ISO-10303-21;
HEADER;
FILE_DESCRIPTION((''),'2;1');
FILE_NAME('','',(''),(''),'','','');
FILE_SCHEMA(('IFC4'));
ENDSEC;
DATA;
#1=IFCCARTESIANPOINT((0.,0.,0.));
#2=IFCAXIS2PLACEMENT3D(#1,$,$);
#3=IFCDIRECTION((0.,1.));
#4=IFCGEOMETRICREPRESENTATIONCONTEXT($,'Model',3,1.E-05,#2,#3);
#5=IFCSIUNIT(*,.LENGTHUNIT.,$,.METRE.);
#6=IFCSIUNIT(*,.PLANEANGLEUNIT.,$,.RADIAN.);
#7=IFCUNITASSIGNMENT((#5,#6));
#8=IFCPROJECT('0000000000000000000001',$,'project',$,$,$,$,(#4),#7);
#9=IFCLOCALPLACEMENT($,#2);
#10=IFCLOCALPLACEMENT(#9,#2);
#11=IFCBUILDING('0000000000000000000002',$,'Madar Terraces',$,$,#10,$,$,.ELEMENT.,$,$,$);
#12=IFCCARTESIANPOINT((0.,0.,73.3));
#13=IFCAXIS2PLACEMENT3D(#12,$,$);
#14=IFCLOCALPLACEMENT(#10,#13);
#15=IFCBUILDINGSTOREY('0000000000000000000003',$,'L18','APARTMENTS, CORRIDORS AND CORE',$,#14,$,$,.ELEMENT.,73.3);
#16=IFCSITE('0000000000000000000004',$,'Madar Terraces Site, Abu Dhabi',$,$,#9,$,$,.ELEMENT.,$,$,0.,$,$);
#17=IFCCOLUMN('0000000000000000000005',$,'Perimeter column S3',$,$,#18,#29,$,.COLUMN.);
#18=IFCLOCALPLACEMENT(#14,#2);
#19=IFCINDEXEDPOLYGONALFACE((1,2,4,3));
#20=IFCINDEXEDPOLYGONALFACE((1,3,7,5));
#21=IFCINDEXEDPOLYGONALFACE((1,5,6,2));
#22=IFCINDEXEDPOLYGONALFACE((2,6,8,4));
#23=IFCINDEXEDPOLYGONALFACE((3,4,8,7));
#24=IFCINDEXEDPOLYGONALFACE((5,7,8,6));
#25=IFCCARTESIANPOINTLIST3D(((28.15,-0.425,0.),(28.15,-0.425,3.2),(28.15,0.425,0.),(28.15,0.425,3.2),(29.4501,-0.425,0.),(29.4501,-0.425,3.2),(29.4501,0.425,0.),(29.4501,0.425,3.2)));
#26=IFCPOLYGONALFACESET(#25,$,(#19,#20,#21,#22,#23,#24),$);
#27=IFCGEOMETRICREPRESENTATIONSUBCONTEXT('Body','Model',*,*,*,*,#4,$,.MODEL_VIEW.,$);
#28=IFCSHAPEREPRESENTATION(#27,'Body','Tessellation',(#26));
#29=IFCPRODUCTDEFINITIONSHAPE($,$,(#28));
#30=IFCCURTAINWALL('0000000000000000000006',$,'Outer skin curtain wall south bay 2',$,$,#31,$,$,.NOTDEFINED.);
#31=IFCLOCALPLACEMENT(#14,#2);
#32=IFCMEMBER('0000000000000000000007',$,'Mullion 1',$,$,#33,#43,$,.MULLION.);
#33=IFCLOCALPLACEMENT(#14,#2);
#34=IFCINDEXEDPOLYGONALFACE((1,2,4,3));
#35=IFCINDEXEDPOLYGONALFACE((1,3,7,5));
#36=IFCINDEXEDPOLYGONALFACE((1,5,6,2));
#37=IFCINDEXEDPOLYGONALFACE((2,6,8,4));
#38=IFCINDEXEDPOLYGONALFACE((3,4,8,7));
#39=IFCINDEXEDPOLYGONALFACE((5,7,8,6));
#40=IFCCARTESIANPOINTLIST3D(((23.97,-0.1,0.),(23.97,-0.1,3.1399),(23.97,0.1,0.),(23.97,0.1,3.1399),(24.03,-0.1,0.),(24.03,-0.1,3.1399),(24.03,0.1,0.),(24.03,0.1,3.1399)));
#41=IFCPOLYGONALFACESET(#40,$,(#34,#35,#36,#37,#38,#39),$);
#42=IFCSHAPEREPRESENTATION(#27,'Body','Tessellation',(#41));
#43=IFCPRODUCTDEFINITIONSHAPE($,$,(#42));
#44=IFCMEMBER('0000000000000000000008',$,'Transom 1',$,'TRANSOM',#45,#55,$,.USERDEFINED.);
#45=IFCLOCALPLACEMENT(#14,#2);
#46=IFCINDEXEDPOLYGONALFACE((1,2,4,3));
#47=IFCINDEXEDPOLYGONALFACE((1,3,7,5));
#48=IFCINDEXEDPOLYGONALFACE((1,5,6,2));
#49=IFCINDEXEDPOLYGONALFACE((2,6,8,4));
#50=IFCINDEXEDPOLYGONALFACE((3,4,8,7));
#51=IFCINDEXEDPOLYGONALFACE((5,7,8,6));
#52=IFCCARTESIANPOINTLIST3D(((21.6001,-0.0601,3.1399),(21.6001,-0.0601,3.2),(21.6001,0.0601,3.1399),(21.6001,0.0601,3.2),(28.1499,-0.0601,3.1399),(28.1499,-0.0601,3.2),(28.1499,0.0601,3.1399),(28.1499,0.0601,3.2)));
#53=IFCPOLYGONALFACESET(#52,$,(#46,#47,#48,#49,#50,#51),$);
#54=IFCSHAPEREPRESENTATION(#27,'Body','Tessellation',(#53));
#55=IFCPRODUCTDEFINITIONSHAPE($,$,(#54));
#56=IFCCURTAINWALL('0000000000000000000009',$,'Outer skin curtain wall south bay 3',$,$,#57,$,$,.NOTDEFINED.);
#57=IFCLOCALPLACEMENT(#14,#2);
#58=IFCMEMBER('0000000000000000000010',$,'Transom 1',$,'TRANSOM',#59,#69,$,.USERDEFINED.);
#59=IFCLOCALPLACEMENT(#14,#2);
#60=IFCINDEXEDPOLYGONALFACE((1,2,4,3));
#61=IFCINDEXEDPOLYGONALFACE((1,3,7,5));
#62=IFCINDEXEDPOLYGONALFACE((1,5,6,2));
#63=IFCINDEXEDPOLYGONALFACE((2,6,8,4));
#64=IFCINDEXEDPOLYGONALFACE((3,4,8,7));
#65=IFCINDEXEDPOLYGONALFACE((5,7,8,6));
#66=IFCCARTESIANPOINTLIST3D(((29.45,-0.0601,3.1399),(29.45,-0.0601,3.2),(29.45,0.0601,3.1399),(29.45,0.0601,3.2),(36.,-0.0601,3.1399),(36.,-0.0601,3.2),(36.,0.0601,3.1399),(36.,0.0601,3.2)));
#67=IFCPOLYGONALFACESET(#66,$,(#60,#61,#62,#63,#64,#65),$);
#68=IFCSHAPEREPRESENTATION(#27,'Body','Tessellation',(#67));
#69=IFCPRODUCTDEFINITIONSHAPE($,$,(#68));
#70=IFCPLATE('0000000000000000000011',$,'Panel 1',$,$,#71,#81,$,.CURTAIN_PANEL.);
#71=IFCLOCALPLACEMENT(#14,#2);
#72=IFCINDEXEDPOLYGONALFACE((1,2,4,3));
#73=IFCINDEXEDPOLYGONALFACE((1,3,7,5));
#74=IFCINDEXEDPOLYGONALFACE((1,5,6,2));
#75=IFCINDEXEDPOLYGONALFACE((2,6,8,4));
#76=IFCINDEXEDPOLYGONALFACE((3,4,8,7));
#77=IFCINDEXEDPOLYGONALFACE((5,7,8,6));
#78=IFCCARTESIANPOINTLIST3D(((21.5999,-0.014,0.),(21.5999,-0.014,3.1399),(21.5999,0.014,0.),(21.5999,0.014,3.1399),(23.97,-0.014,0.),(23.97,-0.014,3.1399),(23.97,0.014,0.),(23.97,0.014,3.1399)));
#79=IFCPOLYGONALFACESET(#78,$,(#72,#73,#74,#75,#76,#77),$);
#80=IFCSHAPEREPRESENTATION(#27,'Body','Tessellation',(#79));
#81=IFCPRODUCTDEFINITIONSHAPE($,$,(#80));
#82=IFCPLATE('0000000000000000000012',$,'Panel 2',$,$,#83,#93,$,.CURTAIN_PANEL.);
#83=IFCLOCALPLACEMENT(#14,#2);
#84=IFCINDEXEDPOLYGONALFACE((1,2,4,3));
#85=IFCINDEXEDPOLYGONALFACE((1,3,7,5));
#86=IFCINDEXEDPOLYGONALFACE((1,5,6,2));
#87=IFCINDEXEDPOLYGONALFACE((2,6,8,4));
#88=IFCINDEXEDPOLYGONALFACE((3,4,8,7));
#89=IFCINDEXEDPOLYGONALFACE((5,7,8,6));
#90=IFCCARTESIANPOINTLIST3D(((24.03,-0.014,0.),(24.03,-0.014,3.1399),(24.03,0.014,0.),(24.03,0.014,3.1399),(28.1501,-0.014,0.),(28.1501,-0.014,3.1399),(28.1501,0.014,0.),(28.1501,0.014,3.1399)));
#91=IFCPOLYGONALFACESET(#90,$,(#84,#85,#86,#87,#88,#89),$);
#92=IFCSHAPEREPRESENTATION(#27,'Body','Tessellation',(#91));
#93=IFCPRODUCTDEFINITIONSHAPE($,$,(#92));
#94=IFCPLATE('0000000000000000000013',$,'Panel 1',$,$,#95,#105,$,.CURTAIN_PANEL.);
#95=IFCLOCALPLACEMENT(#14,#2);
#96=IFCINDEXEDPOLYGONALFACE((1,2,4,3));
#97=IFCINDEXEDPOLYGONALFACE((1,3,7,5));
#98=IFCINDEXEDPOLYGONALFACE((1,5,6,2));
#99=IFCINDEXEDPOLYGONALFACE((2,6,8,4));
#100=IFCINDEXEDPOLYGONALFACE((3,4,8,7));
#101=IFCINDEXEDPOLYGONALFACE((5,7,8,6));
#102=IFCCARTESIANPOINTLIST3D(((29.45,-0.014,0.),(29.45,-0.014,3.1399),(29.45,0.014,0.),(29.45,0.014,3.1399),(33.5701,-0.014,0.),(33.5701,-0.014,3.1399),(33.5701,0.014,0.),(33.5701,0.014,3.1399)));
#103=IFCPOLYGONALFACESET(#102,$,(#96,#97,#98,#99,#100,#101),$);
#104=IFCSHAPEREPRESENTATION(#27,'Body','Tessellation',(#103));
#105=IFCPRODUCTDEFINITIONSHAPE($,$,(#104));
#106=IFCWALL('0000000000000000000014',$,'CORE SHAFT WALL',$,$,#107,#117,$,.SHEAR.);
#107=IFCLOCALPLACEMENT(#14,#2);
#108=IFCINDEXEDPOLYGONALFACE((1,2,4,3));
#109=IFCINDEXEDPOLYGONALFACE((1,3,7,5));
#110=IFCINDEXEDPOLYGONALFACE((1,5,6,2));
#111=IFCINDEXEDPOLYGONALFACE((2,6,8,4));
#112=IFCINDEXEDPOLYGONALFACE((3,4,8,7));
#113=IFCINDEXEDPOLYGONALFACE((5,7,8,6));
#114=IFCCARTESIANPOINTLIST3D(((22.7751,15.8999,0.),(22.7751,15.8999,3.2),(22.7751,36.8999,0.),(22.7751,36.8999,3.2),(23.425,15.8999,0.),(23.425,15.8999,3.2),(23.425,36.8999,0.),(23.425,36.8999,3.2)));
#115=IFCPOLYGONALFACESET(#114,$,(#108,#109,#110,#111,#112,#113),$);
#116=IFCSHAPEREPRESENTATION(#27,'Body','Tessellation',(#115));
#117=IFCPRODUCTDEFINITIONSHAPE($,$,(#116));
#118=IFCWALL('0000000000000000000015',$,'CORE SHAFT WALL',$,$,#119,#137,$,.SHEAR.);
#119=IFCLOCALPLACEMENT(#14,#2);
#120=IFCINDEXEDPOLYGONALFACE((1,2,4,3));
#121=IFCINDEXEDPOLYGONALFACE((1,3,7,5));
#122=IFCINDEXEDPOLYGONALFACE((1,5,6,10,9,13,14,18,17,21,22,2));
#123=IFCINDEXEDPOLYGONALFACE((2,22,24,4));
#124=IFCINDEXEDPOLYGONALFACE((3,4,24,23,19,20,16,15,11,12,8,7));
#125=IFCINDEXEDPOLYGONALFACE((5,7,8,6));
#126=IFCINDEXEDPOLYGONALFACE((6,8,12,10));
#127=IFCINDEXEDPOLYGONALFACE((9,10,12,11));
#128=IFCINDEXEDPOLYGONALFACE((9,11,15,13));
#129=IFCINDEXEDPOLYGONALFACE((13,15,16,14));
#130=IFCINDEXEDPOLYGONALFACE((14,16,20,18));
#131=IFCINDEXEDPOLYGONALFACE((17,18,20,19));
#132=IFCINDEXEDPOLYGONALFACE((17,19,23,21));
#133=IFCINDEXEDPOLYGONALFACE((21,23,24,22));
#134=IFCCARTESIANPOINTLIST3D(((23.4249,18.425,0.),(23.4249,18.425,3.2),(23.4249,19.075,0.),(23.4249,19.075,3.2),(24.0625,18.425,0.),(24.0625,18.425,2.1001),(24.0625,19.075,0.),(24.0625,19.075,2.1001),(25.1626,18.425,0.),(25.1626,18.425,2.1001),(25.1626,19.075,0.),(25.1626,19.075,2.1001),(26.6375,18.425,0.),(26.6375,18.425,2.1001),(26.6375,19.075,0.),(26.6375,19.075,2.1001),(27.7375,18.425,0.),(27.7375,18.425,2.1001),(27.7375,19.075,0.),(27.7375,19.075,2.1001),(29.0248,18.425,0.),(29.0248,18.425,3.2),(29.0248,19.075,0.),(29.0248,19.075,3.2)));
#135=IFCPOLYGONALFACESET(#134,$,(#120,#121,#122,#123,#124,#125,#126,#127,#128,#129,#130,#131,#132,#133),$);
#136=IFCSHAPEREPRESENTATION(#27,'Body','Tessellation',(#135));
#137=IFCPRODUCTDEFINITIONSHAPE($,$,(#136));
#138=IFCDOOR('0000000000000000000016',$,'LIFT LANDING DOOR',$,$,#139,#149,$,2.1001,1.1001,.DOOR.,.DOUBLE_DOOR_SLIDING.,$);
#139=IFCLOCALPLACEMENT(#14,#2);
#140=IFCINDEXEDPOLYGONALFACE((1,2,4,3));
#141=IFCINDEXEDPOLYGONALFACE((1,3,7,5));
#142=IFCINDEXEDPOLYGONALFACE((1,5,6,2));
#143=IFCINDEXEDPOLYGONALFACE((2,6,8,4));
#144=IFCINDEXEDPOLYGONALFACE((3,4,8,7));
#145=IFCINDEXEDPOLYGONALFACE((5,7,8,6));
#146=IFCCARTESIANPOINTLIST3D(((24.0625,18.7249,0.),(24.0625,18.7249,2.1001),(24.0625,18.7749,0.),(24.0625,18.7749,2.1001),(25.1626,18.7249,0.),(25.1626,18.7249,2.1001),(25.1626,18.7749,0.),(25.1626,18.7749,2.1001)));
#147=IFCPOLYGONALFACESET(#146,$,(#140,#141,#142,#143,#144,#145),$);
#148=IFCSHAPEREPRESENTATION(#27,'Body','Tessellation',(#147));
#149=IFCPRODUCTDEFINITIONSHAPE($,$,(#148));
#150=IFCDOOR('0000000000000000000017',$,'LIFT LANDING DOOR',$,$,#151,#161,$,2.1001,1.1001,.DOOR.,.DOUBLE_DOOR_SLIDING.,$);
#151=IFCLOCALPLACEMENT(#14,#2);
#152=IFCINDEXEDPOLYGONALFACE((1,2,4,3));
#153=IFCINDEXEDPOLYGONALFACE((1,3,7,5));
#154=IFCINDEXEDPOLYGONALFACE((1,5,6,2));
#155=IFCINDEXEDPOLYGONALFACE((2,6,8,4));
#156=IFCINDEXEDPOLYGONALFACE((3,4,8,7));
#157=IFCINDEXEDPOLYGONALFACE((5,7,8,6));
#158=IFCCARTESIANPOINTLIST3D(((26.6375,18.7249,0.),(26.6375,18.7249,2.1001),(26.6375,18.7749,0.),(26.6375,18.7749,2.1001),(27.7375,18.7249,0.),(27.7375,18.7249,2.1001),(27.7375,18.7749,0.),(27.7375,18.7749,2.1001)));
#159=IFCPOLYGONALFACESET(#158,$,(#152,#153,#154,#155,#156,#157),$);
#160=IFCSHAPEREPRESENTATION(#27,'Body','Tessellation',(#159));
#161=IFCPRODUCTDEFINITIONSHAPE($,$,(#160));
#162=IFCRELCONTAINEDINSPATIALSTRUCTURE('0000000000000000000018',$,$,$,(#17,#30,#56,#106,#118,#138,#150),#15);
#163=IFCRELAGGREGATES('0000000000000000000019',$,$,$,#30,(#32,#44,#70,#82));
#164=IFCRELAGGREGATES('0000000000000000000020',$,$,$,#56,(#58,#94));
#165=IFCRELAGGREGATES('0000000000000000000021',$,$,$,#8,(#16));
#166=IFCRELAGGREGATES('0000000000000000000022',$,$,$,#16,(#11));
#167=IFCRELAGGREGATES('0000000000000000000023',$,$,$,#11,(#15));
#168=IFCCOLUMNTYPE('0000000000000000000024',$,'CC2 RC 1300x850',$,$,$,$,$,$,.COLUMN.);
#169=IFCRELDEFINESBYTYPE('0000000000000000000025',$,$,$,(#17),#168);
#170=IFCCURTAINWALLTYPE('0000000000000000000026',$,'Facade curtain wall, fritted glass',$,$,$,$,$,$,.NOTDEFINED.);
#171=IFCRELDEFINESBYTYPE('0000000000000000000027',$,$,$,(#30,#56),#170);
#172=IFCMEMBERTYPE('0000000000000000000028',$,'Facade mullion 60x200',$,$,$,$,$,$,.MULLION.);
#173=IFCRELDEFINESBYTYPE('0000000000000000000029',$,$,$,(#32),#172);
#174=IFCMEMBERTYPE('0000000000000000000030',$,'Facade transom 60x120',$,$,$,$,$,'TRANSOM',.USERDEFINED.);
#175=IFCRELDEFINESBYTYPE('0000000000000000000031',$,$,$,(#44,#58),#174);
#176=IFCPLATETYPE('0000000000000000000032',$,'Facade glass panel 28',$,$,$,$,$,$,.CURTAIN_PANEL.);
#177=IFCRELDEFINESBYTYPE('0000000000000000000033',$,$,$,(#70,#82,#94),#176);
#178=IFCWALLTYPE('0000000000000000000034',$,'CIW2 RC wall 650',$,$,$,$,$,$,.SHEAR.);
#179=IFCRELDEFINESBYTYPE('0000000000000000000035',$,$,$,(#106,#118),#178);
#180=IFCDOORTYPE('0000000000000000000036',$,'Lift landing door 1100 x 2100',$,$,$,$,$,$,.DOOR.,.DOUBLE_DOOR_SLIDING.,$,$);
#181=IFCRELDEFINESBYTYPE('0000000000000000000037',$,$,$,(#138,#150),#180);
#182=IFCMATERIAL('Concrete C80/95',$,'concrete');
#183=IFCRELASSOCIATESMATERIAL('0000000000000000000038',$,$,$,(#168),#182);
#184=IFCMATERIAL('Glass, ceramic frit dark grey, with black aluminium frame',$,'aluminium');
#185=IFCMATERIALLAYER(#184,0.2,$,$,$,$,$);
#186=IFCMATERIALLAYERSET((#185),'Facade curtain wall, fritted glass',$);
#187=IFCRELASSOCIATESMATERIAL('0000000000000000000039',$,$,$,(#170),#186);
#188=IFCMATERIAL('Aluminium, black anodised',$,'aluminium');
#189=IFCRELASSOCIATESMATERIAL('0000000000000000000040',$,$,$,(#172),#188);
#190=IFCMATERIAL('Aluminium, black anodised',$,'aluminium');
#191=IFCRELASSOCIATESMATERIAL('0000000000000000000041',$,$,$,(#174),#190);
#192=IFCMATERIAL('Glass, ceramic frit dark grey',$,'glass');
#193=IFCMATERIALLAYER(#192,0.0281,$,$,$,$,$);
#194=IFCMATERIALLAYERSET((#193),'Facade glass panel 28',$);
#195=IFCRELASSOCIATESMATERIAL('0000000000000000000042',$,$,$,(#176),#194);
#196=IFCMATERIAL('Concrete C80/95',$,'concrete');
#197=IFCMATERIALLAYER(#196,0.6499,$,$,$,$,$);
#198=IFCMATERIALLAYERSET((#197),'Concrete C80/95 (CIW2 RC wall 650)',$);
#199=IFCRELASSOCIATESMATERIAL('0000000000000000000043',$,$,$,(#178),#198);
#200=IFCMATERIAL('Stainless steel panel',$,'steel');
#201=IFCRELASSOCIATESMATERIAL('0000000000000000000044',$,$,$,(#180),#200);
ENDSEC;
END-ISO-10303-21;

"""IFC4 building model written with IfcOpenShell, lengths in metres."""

from ifc_helpers import new_model, si_unit, direction, frame, frame_2d, origin, origin_2d, place, context, subcontext, project, spatial, rectangle, extrude, material, layer, layer_set, material_profile, profile_set, type_object, element, fill, aggregate, save


model = new_model("IFC4")

# Units and contexts
model_context = context("Model", 3, precision=1e-05, world=origin(), true_north=direction((0.0, 1.0)))
body_context = subcontext(model_context, "Body", "Model", "MODEL_VIEW")
ifc_project = project(units=[si_unit("LENGTHUNIT", "METRE"), si_unit("PLANEANGLEUNIT", "RADIAN")], contexts=[model_context])

# Site, building, storey
site_placement = place(None, origin())
site = spatial("IfcSite", under=ifc_project, at=site_placement, Name="Madar Terraces Site, Abu Dhabi", CompositionType="ELEMENT", RefElevation=0.0)
building_placement = place(site_placement, origin())
building = spatial("IfcBuilding", under=site, at=building_placement, Name="Madar Terraces", CompositionType="ELEMENT")
storey_placement = place(building_placement, frame((0.0, 0.0, 73.3)))
storey = spatial("IfcBuildingStorey", under=building, at=storey_placement, Name="L18", Description="APARTMENTS, CORRIDORS AND CORE", CompositionType="ELEMENT", Elevation=73.3)

# Column
ifc_material_1 = material(Name="Concrete C80/95", Category="concrete")
ifc_material_profile_1 = material_profile(ifc_material_1, rectangle(XDim=1.3, YDim=0.8501, at=origin_2d()), Name="CC2 RC 1300x850")
ifc_profile_set_1 = profile_set([ifc_material_profile_1], Name="Concrete C80/95")
column_type = type_object("IfcColumnType", Name="CC2 RC 1300x850", PredefinedType="COLUMN", material=ifc_profile_set_1)
column_placement = place(storey_placement, frame((28.8, 0.0, 0.0), z_axis=(0.0, 0.0, 1.0), x_axis=(1.0, 0.0, 0.0)))
element("IfcColumn", 1, at=column_placement, inside=storey, type_object=column_type, Name="Perimeter column S3", PredefinedType="COLUMN", context=body_context, shape_type="SweptSolid", body=[
    extrude(rectangle(XDim=1.3, YDim=0.8501, at=origin_2d()), origin(), (0.0, 0.0, 1.0), 3.2),
])

# Curtain wall, members
ifc_material_2 = material(Name="Glass, ceramic frit dark grey, with black aluminium frame", Category="aluminium")
ifc_layer_1 = layer(ifc_material_2, 0.2)
ifc_layer_set_1 = layer_set([ifc_layer_1], Name="Facade curtain wall, fritted glass")
curtain_wall_type = type_object("IfcCurtainWallType", Name="Facade curtain wall, fritted glass", PredefinedType="NOTDEFINED", material=ifc_layer_set_1)
curtain_wall_1_placement = place(storey_placement, origin())
curtain_wall_1 = element("IfcCurtainWall", 2, at=curtain_wall_1_placement, inside=storey, type_object=curtain_wall_type, Name="Outer skin curtain wall south bay 2", PredefinedType="NOTDEFINED")
ifc_material_3 = material(Name="Aluminium, black anodised", Category="aluminium")
ifc_material_profile_2 = material_profile(ifc_material_3, rectangle(XDim=0.2, YDim=0.0601, at=origin_2d()), Name="Facade mullion 60x200")
ifc_profile_set_2 = profile_set([ifc_material_profile_2], Name="Aluminium, black anodised")
member_type_1 = type_object("IfcMemberType", Name="Facade mullion 60x200", PredefinedType="MULLION", material=ifc_profile_set_2)
member_1_placement = place(storey_placement, frame((24.0, 0.0, 0.0), z_axis=(0.0, 0.0, 1.0), x_axis=(0.0, 1.0, 0.0)))
member_1 = element("IfcMember", 3, at=member_1_placement, type_object=member_type_1, Name="Mullion 1", PredefinedType="MULLION", context=body_context, shape_type="SweptSolid", body=[
    extrude(rectangle(XDim=0.2, YDim=0.0601, at=origin_2d()), origin(), (0.0, 0.0, 1.0), 3.1399),
])
ifc_material_4 = material(Name="Aluminium, black anodised", Category="aluminium")
ifc_material_profile_3 = material_profile(ifc_material_4, rectangle(XDim=0.1201, YDim=0.0601, at=origin_2d()), Name="Facade transom 60x120")
ifc_profile_set_3 = profile_set([ifc_material_profile_3], Name="Aluminium, black anodised")
member_type_2 = type_object("IfcMemberType", Name="Facade transom 60x120", ElementType="TRANSOM", PredefinedType="USERDEFINED", material=ifc_profile_set_3)
member_2_placement = place(storey_placement, frame((21.6001, 0.0, 3.1699), z_axis=(1.0, 0.0, 0.0), x_axis=(0.0, 1.0, 0.0)))
member_2 = element("IfcMember", 4, at=member_2_placement, type_object=member_type_2, Name="Transom 1", ObjectType="TRANSOM", PredefinedType="USERDEFINED", context=body_context, shape_type="SweptSolid", body=[
    extrude(rectangle(XDim=0.1201, YDim=0.0601, at=origin_2d()), origin(), (0.0, 0.0, 1.0), 6.5498),
])

# Curtain wall, member
curtain_wall_2_placement = place(storey_placement, origin())
curtain_wall_2 = element("IfcCurtainWall", 5, at=curtain_wall_2_placement, inside=storey, type_object=curtain_wall_type, Name="Outer skin curtain wall south bay 3", PredefinedType="NOTDEFINED")
member_3_placement = place(storey_placement, frame((29.45, 0.0, 3.1699), z_axis=(1.0, 0.0, 0.0), x_axis=(0.0, 1.0, 0.0)))
member_3 = element("IfcMember", 6, at=member_3_placement, type_object=member_type_2, Name="Transom 1", ObjectType="TRANSOM", PredefinedType="USERDEFINED", context=body_context, shape_type="SweptSolid", body=[
    extrude(rectangle(XDim=0.1201, YDim=0.0601, at=origin_2d()), origin(), (0.0, 0.0, 1.0), 6.55),
])

# Plates
ifc_material_5 = material(Name="Glass, ceramic frit dark grey", Category="glass")
ifc_layer_2 = layer(ifc_material_5, 0.0281)
ifc_layer_set_2 = layer_set([ifc_layer_2], Name="Facade glass panel 28")
plate_type = type_object("IfcPlateType", Name="Facade glass panel 28", PredefinedType="CURTAIN_PANEL", material=ifc_layer_set_2)
plate_1_placement = place(storey_placement, frame((22.7849, 0.0, 0.0), z_axis=(0.0, 0.0, 1.0), x_axis=(1.0, 0.0, 0.0)))
plate_1 = element("IfcPlate", 7, at=plate_1_placement, type_object=plate_type, Name="Panel 1", PredefinedType="CURTAIN_PANEL", context=body_context, shape_type="SweptSolid", body=[
    extrude(rectangle(XDim=2.3701, YDim=0.0281, at=origin_2d()), origin(), (0.0, 0.0, 1.0), 3.1399),
])
plate_2_placement = place(storey_placement, frame((26.0901, 0.0, 0.0), z_axis=(0.0, 0.0, 1.0), x_axis=(1.0, 0.0, 0.0)))
plate_2 = element("IfcPlate", 8, at=plate_2_placement, type_object=plate_type, Name="Panel 2", PredefinedType="CURTAIN_PANEL", context=body_context, shape_type="SweptSolid", body=[
    extrude(rectangle(XDim=4.1201, YDim=0.0281, at=origin_2d()), origin(), (0.0, 0.0, 1.0), 3.1399),
])
aggregate(curtain_wall_1, [member_1, member_2, plate_1, plate_2])
plate_3_placement = place(storey_placement, frame((31.51, 0.0, 0.0), z_axis=(0.0, 0.0, 1.0), x_axis=(1.0, 0.0, 0.0)))
plate_3 = element("IfcPlate", 9, at=plate_3_placement, type_object=plate_type, Name="Panel 1", PredefinedType="CURTAIN_PANEL", context=body_context, shape_type="SweptSolid", body=[
    extrude(rectangle(XDim=4.1201, YDim=0.0281, at=origin_2d()), origin(), (0.0, 0.0, 1.0), 3.1399),
])
aggregate(curtain_wall_2, [member_3, plate_3])

# Wall
ifc_material_6 = material(Name="Concrete C80/95", Category="concrete")
ifc_layer_3 = layer(ifc_material_6, 0.6499)
ifc_layer_set_3 = layer_set([ifc_layer_3], Name="Concrete C80/95 (CIW2 RC wall 650)")
wall_type_1 = type_object("IfcWallType", Name="CIW2 RC wall 650", PredefinedType="SHEAR", material=ifc_layer_set_3)
wall_1_placement = place(storey_placement, frame((23.1001, 15.8999, 0.0), z_axis=(0.0, 0.0, 1.0), x_axis=(0.0, 1.0, 0.0)))
element("IfcWall", 10, at=wall_1_placement, inside=storey, type_object=wall_type_1, Name="CORE SHAFT WALL", PredefinedType="SHEAR", context=body_context, shape_type="SweptSolid", body=[
    extrude(rectangle(XDim=21.0, YDim=0.6499, at=frame_2d((10.5, 0.0))), origin(), (0.0, 0.0, 1.0), 3.2),
])

# Wall, openings, doors
wall_2_placement = place(storey_placement, frame((23.425, 18.75, 0.0), z_axis=(0.0, 0.0, 1.0), x_axis=(1.0, 0.0, 0.0)))
wall_2 = element("IfcWall", 11, at=wall_2_placement, inside=storey, type_object=wall_type_1, Name="CORE SHAFT WALL", PredefinedType="SHEAR", context=body_context, shape_type="SweptSolid", body=[
    extrude(rectangle(XDim=5.5999, YDim=0.6499, at=frame_2d((2.7998, 0.0))), origin(), (0.0, 0.0, 1.0), 3.2),
])
opening_1_placement = place(wall_2_placement, frame((0.6375, 0.0, 0.0)))
opening_1 = element("IfcOpeningElement", 12, at=opening_1_placement, cuts=wall_2, PredefinedType="OPENING", context=body_context, shape_type="SweptSolid", body=[
    extrude(rectangle(XDim=1.1001, YDim=2.1001, at=frame_2d((0.55, 1.05))), frame((0.0, 0.335, 0.0), z_axis=(0.0, -1.0, 0.0), x_axis=(1.0, 0.0, 0.0)), (0.0, 0.0, 1.0), 0.6699),
])
opening_2_placement = place(wall_2_placement, frame((3.2124, 0.0, 0.0)))
opening_2 = element("IfcOpeningElement", 13, at=opening_2_placement, cuts=wall_2, PredefinedType="OPENING", context=body_context, shape_type="SweptSolid", body=[
    extrude(rectangle(XDim=1.1001, YDim=2.1001, at=frame_2d((0.55, 1.05))), frame((0.0, 0.335, 0.0), z_axis=(0.0, -1.0, 0.0), x_axis=(1.0, 0.0, 0.0)), (0.0, 0.0, 1.0), 0.6699),
])
ifc_material_7 = material(Name="Stainless steel panel", Category="steel")
door_type_1 = type_object("IfcDoorType", Name="Lift landing door 1100 x 2100", OperationType="DOUBLE_DOOR_SLIDING", PredefinedType="DOOR", material=ifc_material_7)
door_1_placement = place(opening_1_placement, origin())
door_1 = element("IfcDoor", 14, at=door_1_placement, inside=storey, type_object=door_type_1, Name="LIFT LANDING DOOR", OperationType="DOUBLE_DOOR_SLIDING", OverallHeight=2.1001, OverallWidth=1.1001, PredefinedType="DOOR", context=body_context, shape_type="SweptSolid", body=[
    extrude(rectangle(XDim=1.1001, YDim=2.1001, at=frame_2d((0.55, 1.05))), frame((0.0, 0.0249, 0.0), z_axis=(0.0, -1.0, 0.0), x_axis=(1.0, 0.0, 0.0)), (0.0, 0.0, 1.0), 0.05),
])
fill(opening_1, door_1)
door_2_placement = place(opening_2_placement, origin())
door_2 = element("IfcDoor", 15, at=door_2_placement, inside=storey, type_object=door_type_1, Name="LIFT LANDING DOOR", OperationType="DOUBLE_DOOR_SLIDING", OverallHeight=2.1001, OverallWidth=1.1001, PredefinedType="DOOR", context=body_context, shape_type="SweptSolid", body=[
    extrude(rectangle(XDim=1.1001, YDim=2.1001, at=frame_2d((0.55, 1.05))), frame((0.0, 0.0249, 0.0), z_axis=(0.0, -1.0, 0.0), x_axis=(1.0, 0.0, 0.0)), (0.0, 0.0, 1.0), 0.05),
])
fill(opening_2, door_2)

save(model, "model.ifc")
